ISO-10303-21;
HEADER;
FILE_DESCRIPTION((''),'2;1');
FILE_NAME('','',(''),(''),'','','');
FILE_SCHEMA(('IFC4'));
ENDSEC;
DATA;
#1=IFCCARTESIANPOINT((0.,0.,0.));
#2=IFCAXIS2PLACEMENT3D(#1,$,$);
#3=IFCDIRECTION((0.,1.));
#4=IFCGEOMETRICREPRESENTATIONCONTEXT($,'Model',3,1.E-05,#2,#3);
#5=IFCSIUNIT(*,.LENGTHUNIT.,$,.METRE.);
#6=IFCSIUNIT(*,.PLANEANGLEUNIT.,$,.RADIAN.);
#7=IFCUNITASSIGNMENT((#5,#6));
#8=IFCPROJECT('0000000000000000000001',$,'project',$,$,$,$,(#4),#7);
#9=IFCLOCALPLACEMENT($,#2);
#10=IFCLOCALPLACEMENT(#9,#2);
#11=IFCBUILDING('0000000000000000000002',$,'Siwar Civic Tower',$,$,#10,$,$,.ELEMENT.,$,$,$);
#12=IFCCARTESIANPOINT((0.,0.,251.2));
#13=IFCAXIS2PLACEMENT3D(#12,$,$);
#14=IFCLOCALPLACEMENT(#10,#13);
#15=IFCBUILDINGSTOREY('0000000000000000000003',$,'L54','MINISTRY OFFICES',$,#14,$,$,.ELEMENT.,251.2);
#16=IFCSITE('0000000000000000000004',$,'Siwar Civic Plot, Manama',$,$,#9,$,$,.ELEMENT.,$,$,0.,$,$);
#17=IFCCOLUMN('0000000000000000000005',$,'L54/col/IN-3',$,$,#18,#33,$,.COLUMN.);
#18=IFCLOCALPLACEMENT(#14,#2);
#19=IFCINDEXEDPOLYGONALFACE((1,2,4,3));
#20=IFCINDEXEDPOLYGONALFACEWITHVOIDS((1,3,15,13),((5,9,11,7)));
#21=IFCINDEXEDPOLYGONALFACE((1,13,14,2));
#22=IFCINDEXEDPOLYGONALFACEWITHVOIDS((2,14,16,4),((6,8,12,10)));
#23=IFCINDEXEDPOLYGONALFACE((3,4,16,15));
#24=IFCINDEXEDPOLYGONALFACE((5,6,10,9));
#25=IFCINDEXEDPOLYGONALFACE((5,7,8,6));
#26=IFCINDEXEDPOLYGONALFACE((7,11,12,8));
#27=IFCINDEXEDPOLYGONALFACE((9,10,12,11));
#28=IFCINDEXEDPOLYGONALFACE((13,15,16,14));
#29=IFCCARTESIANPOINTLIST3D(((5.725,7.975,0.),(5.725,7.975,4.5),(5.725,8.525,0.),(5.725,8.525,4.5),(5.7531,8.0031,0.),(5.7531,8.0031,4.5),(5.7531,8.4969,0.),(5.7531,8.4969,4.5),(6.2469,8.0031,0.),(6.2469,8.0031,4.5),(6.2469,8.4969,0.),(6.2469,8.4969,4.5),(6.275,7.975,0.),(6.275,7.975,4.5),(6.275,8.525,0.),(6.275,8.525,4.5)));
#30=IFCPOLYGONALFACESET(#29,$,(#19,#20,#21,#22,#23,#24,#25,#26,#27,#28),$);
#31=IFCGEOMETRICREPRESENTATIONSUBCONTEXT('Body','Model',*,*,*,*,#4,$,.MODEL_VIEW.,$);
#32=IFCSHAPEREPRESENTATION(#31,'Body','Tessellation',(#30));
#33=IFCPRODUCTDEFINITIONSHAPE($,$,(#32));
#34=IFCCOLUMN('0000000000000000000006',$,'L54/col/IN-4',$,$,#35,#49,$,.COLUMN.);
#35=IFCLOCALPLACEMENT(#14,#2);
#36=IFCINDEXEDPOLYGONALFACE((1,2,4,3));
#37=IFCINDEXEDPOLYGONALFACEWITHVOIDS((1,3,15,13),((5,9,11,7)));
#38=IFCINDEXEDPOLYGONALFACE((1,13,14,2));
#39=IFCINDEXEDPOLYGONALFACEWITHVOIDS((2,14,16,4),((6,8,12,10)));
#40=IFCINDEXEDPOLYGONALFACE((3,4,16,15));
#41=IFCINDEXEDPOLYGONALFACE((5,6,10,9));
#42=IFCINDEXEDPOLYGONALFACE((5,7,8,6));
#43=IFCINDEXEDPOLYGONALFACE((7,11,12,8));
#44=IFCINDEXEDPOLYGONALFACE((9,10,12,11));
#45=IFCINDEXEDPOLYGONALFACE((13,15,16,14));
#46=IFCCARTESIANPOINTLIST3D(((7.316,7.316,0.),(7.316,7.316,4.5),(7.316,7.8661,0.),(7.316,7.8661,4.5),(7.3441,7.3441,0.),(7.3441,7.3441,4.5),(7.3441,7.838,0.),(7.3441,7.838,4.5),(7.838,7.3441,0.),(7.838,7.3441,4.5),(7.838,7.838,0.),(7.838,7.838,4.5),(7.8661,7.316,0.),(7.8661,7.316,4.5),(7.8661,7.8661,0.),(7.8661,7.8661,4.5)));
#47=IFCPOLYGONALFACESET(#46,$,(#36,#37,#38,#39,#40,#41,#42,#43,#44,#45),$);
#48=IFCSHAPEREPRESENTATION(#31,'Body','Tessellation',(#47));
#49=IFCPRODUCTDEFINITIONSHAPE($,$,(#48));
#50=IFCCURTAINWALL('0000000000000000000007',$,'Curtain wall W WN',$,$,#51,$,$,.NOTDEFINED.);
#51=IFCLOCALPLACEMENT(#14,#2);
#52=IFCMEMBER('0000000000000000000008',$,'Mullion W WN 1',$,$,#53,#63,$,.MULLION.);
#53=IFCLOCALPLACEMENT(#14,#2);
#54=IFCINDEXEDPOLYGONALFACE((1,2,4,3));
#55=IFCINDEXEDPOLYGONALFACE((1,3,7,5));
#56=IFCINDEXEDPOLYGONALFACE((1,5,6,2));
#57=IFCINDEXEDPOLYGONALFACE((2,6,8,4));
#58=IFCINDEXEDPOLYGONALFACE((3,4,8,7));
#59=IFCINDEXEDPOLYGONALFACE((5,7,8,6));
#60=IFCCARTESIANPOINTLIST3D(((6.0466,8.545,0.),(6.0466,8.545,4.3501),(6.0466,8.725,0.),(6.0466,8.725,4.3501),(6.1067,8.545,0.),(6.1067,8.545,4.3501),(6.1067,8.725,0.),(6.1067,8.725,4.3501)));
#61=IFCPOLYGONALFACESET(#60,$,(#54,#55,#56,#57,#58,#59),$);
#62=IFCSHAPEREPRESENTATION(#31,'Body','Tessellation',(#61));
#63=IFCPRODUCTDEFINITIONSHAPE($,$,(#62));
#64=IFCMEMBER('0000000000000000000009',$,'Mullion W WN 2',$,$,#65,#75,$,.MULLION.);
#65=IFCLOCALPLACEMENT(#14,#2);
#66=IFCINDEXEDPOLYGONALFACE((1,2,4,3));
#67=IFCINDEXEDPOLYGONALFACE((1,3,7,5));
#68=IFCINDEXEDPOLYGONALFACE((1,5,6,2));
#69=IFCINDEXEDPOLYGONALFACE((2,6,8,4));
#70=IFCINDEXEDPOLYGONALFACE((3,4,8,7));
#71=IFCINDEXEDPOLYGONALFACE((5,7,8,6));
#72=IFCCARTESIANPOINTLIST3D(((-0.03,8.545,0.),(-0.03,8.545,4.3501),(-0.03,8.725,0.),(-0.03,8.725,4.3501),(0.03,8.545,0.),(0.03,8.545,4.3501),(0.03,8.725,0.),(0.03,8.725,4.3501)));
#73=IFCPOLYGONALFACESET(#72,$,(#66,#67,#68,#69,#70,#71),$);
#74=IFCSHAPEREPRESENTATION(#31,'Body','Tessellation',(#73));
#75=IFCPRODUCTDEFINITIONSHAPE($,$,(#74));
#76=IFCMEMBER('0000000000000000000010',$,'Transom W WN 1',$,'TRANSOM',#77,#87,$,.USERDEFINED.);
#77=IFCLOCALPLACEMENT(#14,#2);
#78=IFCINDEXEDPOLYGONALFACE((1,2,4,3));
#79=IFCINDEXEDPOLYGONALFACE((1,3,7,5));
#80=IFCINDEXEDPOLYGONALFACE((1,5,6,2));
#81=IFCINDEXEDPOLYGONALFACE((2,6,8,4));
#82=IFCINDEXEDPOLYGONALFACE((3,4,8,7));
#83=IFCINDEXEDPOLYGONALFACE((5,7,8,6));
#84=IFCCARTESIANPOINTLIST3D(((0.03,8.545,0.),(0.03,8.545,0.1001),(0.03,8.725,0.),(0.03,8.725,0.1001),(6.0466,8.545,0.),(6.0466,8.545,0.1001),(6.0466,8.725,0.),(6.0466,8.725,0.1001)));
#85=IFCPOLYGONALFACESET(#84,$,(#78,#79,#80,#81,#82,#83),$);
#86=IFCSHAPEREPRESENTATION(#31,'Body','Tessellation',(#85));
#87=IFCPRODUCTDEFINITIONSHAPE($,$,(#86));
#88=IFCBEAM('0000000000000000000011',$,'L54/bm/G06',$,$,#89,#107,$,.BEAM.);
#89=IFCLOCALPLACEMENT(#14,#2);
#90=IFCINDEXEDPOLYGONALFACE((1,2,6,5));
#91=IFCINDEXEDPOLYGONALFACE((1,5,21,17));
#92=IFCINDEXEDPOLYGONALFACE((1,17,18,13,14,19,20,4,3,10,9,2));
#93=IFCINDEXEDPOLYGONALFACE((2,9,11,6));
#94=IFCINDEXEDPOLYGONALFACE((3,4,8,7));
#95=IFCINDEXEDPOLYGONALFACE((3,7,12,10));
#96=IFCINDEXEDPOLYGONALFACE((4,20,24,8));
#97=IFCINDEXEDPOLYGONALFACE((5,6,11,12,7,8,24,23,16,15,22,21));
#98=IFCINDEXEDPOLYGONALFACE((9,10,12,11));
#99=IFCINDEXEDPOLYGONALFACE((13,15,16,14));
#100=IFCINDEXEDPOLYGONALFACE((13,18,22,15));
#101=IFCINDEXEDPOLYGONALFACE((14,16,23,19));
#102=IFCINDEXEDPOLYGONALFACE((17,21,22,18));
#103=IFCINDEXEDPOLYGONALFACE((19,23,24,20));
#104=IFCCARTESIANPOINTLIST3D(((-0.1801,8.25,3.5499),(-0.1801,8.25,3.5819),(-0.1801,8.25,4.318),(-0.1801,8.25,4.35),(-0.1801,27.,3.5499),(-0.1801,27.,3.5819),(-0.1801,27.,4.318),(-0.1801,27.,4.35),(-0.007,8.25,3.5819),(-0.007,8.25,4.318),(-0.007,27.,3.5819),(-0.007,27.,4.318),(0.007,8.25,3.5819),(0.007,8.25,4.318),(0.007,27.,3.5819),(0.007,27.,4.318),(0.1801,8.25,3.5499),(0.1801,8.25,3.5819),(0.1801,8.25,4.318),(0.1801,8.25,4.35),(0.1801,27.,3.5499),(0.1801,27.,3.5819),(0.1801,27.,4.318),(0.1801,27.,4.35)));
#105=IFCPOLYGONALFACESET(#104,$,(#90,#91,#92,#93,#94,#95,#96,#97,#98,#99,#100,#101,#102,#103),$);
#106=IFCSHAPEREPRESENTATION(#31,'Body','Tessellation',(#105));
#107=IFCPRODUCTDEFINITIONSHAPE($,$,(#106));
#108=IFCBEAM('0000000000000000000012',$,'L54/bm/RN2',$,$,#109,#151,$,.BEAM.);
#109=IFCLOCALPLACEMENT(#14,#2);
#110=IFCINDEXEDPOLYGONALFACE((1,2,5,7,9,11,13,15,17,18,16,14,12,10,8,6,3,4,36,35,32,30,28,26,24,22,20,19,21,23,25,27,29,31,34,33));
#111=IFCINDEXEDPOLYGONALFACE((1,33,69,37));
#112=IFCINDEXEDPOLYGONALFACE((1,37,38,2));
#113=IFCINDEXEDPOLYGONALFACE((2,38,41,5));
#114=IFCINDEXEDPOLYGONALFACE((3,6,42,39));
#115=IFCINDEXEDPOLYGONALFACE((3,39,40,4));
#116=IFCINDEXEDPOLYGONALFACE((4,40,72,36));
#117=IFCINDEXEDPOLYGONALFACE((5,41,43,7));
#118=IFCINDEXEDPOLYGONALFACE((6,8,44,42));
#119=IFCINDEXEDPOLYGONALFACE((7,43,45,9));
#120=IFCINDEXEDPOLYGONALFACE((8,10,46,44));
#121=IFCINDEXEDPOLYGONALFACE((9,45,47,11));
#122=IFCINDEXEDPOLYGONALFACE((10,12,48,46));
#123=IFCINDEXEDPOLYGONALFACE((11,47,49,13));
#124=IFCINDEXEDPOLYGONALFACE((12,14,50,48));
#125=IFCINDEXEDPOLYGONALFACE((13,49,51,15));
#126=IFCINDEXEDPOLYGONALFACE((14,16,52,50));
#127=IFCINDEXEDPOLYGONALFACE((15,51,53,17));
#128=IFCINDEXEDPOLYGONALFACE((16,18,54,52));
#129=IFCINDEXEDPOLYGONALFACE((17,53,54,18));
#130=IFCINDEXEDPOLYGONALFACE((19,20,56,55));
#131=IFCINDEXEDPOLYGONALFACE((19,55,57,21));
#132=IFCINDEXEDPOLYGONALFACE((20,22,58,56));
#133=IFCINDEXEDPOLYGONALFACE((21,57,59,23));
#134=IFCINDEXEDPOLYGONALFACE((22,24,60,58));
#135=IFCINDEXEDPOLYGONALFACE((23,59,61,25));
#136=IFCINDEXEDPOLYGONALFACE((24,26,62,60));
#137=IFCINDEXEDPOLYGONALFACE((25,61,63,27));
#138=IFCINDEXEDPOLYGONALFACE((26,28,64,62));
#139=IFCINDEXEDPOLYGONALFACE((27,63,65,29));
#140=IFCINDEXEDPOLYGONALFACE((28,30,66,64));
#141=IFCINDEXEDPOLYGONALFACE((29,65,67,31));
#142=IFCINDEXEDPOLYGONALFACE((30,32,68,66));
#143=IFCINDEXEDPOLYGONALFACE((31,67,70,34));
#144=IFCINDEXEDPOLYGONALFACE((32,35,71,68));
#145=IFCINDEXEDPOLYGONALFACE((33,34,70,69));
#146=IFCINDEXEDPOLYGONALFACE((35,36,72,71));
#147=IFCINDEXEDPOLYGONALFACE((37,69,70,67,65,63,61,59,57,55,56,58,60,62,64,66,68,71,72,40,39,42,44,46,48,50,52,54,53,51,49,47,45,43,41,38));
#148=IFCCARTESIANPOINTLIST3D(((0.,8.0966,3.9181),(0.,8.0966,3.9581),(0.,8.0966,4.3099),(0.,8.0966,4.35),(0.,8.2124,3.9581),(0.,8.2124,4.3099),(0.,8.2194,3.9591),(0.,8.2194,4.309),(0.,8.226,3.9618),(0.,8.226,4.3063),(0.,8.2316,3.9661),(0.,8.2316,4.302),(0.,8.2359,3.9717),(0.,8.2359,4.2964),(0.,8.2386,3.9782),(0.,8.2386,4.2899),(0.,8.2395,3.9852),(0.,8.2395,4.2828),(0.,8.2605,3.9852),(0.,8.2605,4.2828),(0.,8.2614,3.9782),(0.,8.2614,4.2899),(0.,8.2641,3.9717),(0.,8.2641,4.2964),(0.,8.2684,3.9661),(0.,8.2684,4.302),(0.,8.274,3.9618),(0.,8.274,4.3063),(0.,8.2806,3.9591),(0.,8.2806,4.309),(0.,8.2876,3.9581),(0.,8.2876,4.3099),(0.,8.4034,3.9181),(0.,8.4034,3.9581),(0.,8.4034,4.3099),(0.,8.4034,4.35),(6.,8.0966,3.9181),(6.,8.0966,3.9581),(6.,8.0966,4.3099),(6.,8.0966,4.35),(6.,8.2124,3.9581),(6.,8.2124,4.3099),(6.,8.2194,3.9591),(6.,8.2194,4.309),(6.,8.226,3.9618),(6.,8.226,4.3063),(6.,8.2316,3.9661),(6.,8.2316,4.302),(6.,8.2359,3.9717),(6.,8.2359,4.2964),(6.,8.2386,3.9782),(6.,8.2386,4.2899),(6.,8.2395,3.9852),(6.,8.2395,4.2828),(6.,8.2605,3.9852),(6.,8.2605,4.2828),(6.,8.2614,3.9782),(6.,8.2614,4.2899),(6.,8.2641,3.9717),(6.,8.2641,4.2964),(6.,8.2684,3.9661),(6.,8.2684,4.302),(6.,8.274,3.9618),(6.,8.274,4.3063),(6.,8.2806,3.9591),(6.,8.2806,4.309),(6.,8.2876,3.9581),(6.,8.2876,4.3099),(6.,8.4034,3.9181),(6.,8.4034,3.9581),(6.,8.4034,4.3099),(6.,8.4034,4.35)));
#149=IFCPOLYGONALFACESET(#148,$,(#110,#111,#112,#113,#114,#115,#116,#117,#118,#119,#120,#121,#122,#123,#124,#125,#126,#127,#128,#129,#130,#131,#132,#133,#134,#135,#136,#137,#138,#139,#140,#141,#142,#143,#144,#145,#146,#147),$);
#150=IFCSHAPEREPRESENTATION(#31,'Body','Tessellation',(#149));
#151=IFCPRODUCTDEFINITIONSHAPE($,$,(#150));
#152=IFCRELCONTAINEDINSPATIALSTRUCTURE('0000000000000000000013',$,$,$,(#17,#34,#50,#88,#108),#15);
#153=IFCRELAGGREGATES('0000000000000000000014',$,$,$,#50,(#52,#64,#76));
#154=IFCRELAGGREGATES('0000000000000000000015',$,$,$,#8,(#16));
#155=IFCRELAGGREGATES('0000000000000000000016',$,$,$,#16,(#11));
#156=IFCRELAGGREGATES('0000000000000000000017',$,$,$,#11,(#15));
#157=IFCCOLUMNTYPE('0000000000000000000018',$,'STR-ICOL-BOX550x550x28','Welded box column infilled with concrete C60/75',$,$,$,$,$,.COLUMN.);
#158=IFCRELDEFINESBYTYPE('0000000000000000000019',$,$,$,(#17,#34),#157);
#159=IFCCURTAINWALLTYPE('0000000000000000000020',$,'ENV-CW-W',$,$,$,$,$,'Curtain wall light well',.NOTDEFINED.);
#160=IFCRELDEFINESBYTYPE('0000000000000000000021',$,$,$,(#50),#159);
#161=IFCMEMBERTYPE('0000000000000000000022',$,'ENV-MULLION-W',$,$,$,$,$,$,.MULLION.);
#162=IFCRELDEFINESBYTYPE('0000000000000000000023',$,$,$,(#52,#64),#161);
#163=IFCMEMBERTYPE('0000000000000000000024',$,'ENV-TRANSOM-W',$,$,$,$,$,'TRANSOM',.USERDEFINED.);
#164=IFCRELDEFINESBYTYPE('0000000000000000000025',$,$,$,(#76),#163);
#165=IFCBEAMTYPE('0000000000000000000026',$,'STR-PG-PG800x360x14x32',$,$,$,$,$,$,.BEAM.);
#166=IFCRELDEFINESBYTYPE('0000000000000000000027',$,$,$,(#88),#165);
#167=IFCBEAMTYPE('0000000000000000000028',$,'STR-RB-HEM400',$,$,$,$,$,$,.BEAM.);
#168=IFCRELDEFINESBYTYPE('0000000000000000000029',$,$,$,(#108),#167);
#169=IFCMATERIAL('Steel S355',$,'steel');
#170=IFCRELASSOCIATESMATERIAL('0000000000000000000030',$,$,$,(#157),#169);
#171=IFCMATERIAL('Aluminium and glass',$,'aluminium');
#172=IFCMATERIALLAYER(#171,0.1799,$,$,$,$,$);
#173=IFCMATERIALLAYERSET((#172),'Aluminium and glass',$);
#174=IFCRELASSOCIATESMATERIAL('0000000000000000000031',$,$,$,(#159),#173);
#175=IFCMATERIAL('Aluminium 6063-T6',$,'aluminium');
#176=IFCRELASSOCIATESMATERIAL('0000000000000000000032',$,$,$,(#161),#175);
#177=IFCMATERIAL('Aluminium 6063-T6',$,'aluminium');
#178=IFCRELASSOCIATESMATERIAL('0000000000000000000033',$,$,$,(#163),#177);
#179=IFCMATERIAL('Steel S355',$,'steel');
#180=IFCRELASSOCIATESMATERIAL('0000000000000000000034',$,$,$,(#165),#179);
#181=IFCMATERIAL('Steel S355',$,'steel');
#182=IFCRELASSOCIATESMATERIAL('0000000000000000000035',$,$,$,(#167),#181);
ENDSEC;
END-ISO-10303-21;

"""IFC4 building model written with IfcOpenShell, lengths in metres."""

from ifc_helpers import new_model, si_unit, direction, frame, origin, origin_2d, place, context, subcontext, project, spatial, rectangle, hollow_rectangle, i_section, extrude, material, layer, layer_set, material_profile, profile_set, type_object, element, aggregate, save


model = new_model("IFC4")

# Units and contexts
model_context = context("Model", 3, precision=1e-05, world=origin(), true_north=direction((0.0, 1.0)))
body_context = subcontext(model_context, "Body", "Model", "MODEL_VIEW")
ifc_project = project(units=[si_unit("LENGTHUNIT", "METRE"), si_unit("PLANEANGLEUNIT", "RADIAN")], contexts=[model_context])

# Site, building, storey
site_placement = place(None, origin())
site = spatial("IfcSite", under=ifc_project, at=site_placement, Name="Siwar Civic Plot, Manama", CompositionType="ELEMENT", RefElevation=0.0)
building_placement = place(site_placement, origin())
building = spatial("IfcBuilding", under=site, at=building_placement, Name="Siwar Civic Tower", CompositionType="ELEMENT")
storey_placement = place(building_placement, frame((0.0, 0.0, 251.2)))
storey = spatial("IfcBuildingStorey", under=building, at=storey_placement, Name="L54", Description="MINISTRY OFFICES", CompositionType="ELEMENT", Elevation=251.2)

# Columns
ifc_material_1 = material(Name="Steel S355", Category="steel")
ifc_material_profile_1 = material_profile(ifc_material_1, hollow_rectangle(XDim=0.55, YDim=0.55, WallThickness=0.0281, at=origin_2d()), Name="BOX550x550x28")
ifc_profile_set_1 = profile_set([ifc_material_profile_1], Name="Steel S355")
column_type = type_object("IfcColumnType", Name="STR-ICOL-BOX550x550x28", Description="Welded box column infilled with concrete C60/75", PredefinedType="COLUMN", material=ifc_profile_set_1)
for number, where, z_axis, x_axis, name in (
    (1, (6.0, 8.25, 0.0), (0.0, 0.0, 1.0), (1.0, 0.0, 0.0), "L54/col/IN-3"),
    (2, (7.5911, 7.5911, 0.0), (0.0, 0.0, 1.0), (1.0, 0.0, 0.0), "L54/col/IN-4"),
):
    element("IfcColumn", number, at=place(storey_placement, frame(where, z_axis=z_axis, x_axis=x_axis)), inside=storey, type_object=column_type, Name=name, PredefinedType="COLUMN", context=body_context, shape_type="SweptSolid", body=[
        extrude(hollow_rectangle(XDim=0.55, YDim=0.55, WallThickness=0.0281, at=origin_2d()), origin(), (0.0, 0.0, 1.0), 4.5),
    ])

# Curtain wall, members
ifc_material_2 = material(Name="Aluminium and glass", Category="aluminium")
ifc_layer_1 = layer(ifc_material_2, 0.1799)
ifc_layer_set_1 = layer_set([ifc_layer_1], Name="Aluminium and glass")
curtain_wall_type = type_object("IfcCurtainWallType", Name="ENV-CW-W", ElementType="Curtain wall light well", PredefinedType="NOTDEFINED", material=ifc_layer_set_1)
curtain_wall_placement = place(storey_placement, origin())
curtain_wall = element("IfcCurtainWall", 3, at=curtain_wall_placement, inside=storey, type_object=curtain_wall_type, Name="Curtain wall W WN", PredefinedType="NOTDEFINED")
ifc_material_3 = material(Name="Aluminium 6063-T6", Category="aluminium")
ifc_material_profile_2 = material_profile(ifc_material_3, rectangle(XDim=0.1799, YDim=0.0601, at=origin_2d()), Name="AL 180x60")
ifc_profile_set_2 = profile_set([ifc_material_profile_2], Name="Aluminium 6063-T6")
member_type_1 = type_object("IfcMemberType", Name="ENV-MULLION-W", PredefinedType="MULLION", material=ifc_profile_set_2)
member_1_placement = place(storey_placement, frame((6.0767, 8.635, 0.0), z_axis=(0.0, 0.0, 1.0), x_axis=(0.0, -1.0, 0.0)))
member_1 = element("IfcMember", 4, at=member_1_placement, type_object=member_type_1, Name="Mullion W WN 1", PredefinedType="MULLION", context=body_context, shape_type="SweptSolid", body=[
    extrude(rectangle(XDim=0.1799, YDim=0.0601, at=origin_2d()), origin(), (0.0, 0.0, 1.0), 4.3501),
])
member_2_placement = place(storey_placement, frame((0.0, 8.635, 0.0), z_axis=(0.0, 0.0, 1.0), x_axis=(0.0, -1.0, 0.0)))
member_2 = element("IfcMember", 5, at=member_2_placement, type_object=member_type_1, Name="Mullion W WN 2", PredefinedType="MULLION", context=body_context, shape_type="SweptSolid", body=[
    extrude(rectangle(XDim=0.1799, YDim=0.0601, at=origin_2d()), origin(), (0.0, 0.0, 1.0), 4.3501),
])
ifc_material_4 = material(Name="Aluminium 6063-T6", Category="aluminium")
ifc_material_profile_3 = material_profile(ifc_material_4, rectangle(XDim=0.1799, YDim=0.1001, at=origin_2d()), Name="AL 180x100")
ifc_profile_set_3 = profile_set([ifc_material_profile_3], Name="Aluminium 6063-T6")
member_type_2 = type_object("IfcMemberType", Name="ENV-TRANSOM-W", ElementType="TRANSOM", PredefinedType="USERDEFINED", material=ifc_profile_set_3)
member_3_placement = place(storey_placement, frame((6.0466, 8.635, 0.05), z_axis=(-1.0, 0.0, 0.0), x_axis=(0.0, -1.0, 0.0)))
member_3 = element("IfcMember", 6, at=member_3_placement, type_object=member_type_2, Name="Transom W WN 1", ObjectType="TRANSOM", PredefinedType="USERDEFINED", context=body_context, shape_type="SweptSolid", body=[
    extrude(rectangle(XDim=0.1799, YDim=0.1001, at=origin_2d()), origin(), (0.0, 0.0, 1.0), 6.0166),
])

# Beams
ifc_material_5 = material(Name="Steel S355", Category="steel")
ifc_material_profile_4 = material_profile(ifc_material_5, i_section(OverallWidth=0.3601, OverallDepth=0.8, WebThickness=0.0139, FlangeThickness=0.032, at=origin_2d()), Name="PG800x360x14x32")
ifc_profile_set_4 = profile_set([ifc_material_profile_4], Name="Steel S355")
beam_type_1 = type_object("IfcBeamType", Name="STR-PG-PG800x360x14x32", PredefinedType="BEAM", material=ifc_profile_set_4)
beam_1_placement = place(storey_placement, frame((0.0, 8.25, 3.95), z_axis=(0.0, 1.0, 0.0), x_axis=(-1.0, 0.0, 0.0)))
element("IfcBeam", 7, at=beam_1_placement, inside=storey, type_object=beam_type_1, Name="L54/bm/G06", PredefinedType="BEAM", context=body_context, shape_type="SweptSolid", body=[
    extrude(i_section(OverallWidth=0.3601, OverallDepth=0.8, WebThickness=0.0139, FlangeThickness=0.032, at=origin_2d()), origin(), (0.0, 0.0, 1.0), 18.75),
])
ifc_material_6 = material(Name="Steel S355", Category="steel")
ifc_material_profile_5 = material_profile(ifc_material_6, i_section(OverallWidth=0.3069, OverallDepth=0.4319, WebThickness=0.021, FlangeThickness=0.04, FilletRadius=0.0271, at=origin_2d()), Name="HEM400")
ifc_profile_set_5 = profile_set([ifc_material_profile_5], Name="Steel S355")
beam_type_2 = type_object("IfcBeamType", Name="STR-RB-HEM400", PredefinedType="BEAM", material=ifc_profile_set_5)
beam_2_placement = place(storey_placement, frame((0.0, 8.25, 4.134), z_axis=(1.0, 0.0, 0.0), x_axis=(0.0, 1.0, 0.0)))
element("IfcBeam", 8, at=beam_2_placement, inside=storey, type_object=beam_type_2, Name="L54/bm/RN2", PredefinedType="BEAM", context=body_context, shape_type="SweptSolid", body=[
    extrude(i_section(OverallWidth=0.3069, OverallDepth=0.4319, WebThickness=0.021, FlangeThickness=0.04, FilletRadius=0.0271, at=origin_2d()), origin(), (0.0, 0.0, 1.0), 6.0),
])

aggregate(curtain_wall, [member_1, member_2, member_3])

save(model, "model.ifc")
